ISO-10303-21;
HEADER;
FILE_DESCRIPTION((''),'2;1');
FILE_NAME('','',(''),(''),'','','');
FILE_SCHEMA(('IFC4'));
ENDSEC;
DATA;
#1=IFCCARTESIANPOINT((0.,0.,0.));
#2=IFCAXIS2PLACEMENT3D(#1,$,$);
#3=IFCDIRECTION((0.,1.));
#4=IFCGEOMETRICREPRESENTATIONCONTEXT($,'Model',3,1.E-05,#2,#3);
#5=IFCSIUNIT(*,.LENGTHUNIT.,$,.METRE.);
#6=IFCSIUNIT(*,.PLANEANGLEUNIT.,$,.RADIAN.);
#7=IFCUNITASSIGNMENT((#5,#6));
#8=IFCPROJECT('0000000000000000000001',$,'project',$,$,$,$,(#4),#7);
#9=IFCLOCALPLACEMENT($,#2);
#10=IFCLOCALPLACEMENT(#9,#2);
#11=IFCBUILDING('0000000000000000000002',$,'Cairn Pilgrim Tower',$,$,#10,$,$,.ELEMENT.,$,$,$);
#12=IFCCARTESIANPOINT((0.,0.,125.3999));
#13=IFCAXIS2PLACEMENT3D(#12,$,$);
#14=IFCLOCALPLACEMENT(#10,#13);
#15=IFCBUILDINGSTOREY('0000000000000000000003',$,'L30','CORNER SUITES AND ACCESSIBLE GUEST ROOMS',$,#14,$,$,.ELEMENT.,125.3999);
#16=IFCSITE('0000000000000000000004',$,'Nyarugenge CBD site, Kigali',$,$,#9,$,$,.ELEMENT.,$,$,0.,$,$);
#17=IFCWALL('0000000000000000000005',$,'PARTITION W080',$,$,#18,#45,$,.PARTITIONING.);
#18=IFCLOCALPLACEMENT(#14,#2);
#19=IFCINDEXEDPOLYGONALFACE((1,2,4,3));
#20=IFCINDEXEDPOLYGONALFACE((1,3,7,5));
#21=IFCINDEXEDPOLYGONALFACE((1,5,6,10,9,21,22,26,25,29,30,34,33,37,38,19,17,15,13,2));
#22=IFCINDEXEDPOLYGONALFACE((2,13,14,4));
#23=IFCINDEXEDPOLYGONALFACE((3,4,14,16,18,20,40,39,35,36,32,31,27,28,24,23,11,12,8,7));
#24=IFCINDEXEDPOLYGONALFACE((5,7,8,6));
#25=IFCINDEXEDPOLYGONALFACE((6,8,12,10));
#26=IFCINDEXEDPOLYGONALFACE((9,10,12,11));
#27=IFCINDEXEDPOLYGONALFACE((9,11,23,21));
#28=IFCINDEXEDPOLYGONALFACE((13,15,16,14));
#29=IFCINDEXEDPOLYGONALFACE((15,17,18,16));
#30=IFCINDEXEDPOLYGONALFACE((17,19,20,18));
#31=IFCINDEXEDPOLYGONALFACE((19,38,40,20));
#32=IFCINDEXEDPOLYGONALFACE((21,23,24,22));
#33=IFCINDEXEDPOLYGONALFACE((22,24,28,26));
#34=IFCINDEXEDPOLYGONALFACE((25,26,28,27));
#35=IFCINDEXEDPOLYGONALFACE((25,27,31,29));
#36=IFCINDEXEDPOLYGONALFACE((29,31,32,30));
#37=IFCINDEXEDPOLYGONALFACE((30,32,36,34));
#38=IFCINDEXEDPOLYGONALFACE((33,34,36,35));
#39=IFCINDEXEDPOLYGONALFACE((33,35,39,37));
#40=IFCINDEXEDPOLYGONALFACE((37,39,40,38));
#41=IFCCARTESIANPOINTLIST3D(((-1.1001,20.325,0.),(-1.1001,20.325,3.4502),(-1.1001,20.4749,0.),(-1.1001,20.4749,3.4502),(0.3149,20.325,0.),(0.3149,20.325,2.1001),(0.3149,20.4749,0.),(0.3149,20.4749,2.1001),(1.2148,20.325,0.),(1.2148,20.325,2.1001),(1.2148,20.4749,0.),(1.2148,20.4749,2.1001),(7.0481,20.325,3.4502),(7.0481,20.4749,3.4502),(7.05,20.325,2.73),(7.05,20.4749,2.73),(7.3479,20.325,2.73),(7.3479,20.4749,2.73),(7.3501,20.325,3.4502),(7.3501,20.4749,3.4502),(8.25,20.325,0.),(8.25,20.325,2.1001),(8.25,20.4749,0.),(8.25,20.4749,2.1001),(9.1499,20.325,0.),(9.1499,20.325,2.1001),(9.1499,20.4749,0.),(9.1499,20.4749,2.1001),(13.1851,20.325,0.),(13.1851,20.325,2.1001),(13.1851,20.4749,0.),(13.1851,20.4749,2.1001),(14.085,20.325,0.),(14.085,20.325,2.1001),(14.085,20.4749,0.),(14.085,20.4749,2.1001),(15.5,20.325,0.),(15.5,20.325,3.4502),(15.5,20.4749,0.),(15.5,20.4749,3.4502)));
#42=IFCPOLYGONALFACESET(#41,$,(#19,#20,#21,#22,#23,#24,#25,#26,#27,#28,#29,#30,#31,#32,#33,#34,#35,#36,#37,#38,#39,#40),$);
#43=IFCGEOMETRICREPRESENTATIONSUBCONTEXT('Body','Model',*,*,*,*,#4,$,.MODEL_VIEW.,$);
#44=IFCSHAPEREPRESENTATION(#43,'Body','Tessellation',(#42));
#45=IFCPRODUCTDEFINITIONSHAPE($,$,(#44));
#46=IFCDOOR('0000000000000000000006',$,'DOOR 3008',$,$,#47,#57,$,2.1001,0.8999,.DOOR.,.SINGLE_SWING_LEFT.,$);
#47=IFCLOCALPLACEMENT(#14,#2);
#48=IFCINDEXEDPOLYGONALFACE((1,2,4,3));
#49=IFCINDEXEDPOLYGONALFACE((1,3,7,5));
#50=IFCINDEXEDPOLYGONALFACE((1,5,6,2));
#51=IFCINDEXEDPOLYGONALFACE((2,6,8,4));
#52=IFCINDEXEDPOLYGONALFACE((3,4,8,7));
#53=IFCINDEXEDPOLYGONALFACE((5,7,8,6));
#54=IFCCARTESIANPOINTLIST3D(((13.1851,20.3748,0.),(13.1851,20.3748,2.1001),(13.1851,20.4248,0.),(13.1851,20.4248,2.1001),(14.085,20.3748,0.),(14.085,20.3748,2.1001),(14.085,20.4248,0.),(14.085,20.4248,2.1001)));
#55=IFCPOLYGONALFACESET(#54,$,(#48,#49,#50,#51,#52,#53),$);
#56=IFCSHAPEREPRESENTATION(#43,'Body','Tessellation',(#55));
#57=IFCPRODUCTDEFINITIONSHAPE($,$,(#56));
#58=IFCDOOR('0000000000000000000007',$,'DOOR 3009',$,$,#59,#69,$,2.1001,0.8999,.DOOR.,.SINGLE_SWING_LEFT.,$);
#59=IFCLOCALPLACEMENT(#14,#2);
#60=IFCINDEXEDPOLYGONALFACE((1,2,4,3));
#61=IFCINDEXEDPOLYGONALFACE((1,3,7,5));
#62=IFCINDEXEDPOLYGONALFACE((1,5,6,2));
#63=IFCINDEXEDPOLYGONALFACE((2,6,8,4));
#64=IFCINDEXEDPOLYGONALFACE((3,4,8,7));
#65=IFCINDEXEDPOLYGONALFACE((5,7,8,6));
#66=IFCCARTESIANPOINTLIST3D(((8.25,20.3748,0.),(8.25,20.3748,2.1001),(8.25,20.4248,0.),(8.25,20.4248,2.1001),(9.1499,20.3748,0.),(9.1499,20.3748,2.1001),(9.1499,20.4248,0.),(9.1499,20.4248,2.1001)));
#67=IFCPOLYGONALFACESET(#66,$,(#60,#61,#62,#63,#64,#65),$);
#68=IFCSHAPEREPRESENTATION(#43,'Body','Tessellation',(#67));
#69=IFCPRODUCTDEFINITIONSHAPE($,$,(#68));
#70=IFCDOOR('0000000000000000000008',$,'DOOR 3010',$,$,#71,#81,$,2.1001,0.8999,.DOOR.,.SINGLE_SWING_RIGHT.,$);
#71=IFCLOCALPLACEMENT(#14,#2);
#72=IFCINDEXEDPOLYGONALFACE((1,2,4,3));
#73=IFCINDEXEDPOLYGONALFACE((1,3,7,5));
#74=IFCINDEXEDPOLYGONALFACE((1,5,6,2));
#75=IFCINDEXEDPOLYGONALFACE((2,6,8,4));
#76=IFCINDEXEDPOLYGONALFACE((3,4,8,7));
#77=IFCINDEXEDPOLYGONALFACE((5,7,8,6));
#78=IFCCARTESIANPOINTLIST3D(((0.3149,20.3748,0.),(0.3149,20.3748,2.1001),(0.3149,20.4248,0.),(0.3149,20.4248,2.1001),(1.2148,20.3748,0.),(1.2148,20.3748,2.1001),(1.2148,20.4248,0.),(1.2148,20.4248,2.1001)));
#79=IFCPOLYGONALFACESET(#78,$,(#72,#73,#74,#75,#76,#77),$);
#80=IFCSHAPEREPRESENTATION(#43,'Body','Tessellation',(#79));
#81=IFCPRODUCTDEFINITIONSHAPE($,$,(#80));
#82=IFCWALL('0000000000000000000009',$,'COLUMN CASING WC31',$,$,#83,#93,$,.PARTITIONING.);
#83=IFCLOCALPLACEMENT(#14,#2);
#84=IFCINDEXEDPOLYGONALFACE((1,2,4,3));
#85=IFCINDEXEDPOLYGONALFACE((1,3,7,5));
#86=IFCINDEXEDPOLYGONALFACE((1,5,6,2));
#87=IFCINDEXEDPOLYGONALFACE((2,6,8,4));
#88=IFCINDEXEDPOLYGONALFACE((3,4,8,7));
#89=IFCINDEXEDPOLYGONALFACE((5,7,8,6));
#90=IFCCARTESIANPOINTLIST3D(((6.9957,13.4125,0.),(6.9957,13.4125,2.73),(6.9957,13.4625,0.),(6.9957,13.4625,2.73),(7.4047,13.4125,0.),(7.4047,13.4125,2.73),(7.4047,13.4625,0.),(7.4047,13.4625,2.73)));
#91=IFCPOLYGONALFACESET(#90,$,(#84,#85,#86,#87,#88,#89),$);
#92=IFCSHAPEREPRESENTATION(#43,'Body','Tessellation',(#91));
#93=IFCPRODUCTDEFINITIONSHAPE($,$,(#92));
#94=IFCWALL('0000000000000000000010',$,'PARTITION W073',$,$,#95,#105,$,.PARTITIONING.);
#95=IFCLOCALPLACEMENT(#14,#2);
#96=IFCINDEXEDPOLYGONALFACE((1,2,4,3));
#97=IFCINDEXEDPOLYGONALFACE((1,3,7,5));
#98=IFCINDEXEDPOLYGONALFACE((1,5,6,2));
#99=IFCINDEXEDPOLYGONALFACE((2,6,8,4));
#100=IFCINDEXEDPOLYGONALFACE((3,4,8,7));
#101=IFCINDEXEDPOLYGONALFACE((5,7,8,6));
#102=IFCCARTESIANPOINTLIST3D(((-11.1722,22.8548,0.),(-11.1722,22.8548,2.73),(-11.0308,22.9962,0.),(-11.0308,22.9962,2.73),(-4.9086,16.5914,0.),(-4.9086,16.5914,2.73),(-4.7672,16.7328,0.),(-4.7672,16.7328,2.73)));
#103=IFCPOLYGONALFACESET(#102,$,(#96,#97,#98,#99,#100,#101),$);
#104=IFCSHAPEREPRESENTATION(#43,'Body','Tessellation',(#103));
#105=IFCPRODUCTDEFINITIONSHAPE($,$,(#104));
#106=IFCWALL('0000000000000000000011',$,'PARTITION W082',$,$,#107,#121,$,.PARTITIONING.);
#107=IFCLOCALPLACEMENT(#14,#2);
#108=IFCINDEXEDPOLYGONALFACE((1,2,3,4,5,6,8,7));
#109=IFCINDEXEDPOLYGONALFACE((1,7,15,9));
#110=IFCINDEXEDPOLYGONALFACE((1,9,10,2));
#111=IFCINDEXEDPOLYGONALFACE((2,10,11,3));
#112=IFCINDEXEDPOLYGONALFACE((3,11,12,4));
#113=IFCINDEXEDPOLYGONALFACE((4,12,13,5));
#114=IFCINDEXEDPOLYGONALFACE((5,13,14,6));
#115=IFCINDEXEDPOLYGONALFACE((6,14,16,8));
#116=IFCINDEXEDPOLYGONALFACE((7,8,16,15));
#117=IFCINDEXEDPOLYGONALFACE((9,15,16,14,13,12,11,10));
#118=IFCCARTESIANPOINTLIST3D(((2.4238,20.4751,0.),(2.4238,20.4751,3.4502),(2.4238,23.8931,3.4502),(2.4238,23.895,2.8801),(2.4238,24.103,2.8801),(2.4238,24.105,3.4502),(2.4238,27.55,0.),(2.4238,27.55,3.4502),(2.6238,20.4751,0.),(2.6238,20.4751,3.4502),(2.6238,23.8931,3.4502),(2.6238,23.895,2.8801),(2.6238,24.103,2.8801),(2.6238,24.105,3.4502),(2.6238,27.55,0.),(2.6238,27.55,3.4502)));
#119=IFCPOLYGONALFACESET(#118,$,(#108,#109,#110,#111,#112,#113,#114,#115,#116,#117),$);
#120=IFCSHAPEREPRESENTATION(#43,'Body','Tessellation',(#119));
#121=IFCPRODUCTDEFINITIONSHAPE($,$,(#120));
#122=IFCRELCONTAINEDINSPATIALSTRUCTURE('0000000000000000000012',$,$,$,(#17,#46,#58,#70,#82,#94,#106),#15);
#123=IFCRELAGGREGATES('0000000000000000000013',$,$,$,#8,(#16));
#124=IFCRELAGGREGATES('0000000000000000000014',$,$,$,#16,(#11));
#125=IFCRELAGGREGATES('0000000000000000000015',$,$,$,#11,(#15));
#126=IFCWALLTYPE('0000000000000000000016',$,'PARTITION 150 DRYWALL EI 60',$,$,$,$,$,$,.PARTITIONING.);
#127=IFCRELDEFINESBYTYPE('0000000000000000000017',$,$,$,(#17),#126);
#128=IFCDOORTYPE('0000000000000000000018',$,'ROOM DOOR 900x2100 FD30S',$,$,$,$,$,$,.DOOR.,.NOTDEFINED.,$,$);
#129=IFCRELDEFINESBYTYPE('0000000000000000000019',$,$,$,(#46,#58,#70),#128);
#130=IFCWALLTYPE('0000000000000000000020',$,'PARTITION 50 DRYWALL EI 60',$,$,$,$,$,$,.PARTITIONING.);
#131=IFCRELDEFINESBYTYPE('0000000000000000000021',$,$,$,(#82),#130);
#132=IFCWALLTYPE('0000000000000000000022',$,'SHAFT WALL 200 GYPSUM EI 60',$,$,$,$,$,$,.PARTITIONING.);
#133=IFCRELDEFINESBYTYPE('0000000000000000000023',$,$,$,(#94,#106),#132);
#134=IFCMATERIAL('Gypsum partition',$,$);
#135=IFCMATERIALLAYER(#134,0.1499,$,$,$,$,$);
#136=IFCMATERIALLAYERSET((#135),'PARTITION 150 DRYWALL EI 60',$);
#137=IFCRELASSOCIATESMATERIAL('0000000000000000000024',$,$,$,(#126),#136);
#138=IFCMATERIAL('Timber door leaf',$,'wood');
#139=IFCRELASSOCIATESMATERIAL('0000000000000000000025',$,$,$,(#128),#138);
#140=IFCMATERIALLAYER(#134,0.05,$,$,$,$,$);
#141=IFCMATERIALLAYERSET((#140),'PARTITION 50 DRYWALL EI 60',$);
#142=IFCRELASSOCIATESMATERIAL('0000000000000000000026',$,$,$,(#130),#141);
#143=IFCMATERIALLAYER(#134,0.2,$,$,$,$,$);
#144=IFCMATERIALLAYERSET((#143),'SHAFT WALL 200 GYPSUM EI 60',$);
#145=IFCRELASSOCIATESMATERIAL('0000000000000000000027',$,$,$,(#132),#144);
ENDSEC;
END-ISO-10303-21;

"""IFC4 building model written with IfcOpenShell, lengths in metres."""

from ifc_helpers import new_model, si_unit, direction, frame, frame_2d, origin, place, context, subcontext, project, spatial, polyline, rectangle, outline, extrude, material, layer, layer_set, type_object, element, fill, save


model = new_model("IFC4")

# Units and contexts
model_context = context("Model", 3, precision=1e-05, world=origin(), true_north=direction((0.0, 1.0)))
body_context = subcontext(model_context, "Body", "Model", "MODEL_VIEW")
ifc_project = project(units=[si_unit("LENGTHUNIT", "METRE"), si_unit("PLANEANGLEUNIT", "RADIAN")], contexts=[model_context])

# Site, building, storey
site_placement = place(None, origin())
site = spatial("IfcSite", under=ifc_project, at=site_placement, Name="Nyarugenge CBD site, Kigali", CompositionType="ELEMENT", RefElevation=0.0)
building_placement = place(site_placement, origin())
building = spatial("IfcBuilding", under=site, at=building_placement, Name="Cairn Pilgrim Tower", CompositionType="ELEMENT")
storey_placement = place(building_placement, frame((0.0, 0.0, 125.3999)))
storey = spatial("IfcBuildingStorey", under=building, at=storey_placement, Name="L30", Description="CORNER SUITES AND ACCESSIBLE GUEST ROOMS", CompositionType="ELEMENT", Elevation=125.3999)

# Shared definitions
ifc_material_1 = material(Name="Gypsum partition")

# Shared definitions
ifc_material_2 = material(Name="Timber door leaf", Category="wood")

# Shared definitions
ifc_layer_1 = layer(ifc_material_1, 0.1499)
ifc_layer_set_1 = layer_set([ifc_layer_1], Name="PARTITION 150 DRYWALL EI 60")
wall_type_1 = type_object("IfcWallType", Name="PARTITION 150 DRYWALL EI 60", PredefinedType="PARTITIONING", material=ifc_layer_set_1)

# Wall, openings, doors
wall_1_placement = place(storey_placement, frame((-1.1001, 20.3999, 0.0), z_axis=(0.0, 0.0, 1.0), x_axis=(1.0, 0.0, 0.0)))
wall_1 = element("IfcWall", 1, at=wall_1_placement, inside=storey, type_object=wall_type_1, Name="PARTITION W080", PredefinedType="PARTITIONING", context=body_context, shape_type="SweptSolid", body=[
    extrude(outline(polyline([(0.0, 0.0), (16.6001, 0.0), (16.6001, 3.4502), (8.4502, 3.4502), (8.448, 2.73), (8.1501, 2.73), (8.1482, 3.4502), (0.0, 3.4502), (0.0, 0.0)])), frame((0.0, 0.075, 0.0), z_axis=(0.0, -1.0, 0.0), x_axis=(1.0, 0.0, 0.0)), (0.0, 0.0, 1.0), 0.1499),
])
opening_1_placement = place(wall_1_placement, frame((14.2852, 0.0, 0.0)))
opening_1 = element("IfcOpeningElement", 2, at=opening_1_placement, cuts=wall_1, PredefinedType="OPENING", context=body_context, shape_type="SweptSolid", body=[
    extrude(rectangle(XDim=0.8999, YDim=2.1001, at=frame_2d((0.45, 1.05))), frame((0.0, 0.085, 0.0), z_axis=(0.0, -1.0, 0.0), x_axis=(1.0, 0.0, 0.0)), (0.0, 0.0, 1.0), 0.1699),
])
opening_2_placement = place(wall_1_placement, frame((9.3501, 0.0, 0.0)))
opening_2 = element("IfcOpeningElement", 3, at=opening_2_placement, cuts=wall_1, PredefinedType="OPENING", context=body_context, shape_type="SweptSolid", body=[
    extrude(rectangle(XDim=0.8999, YDim=2.1001, at=frame_2d((0.45, 1.05))), frame((0.0, 0.085, 0.0), z_axis=(0.0, -1.0, 0.0), x_axis=(1.0, 0.0, 0.0)), (0.0, 0.0, 1.0), 0.1699),
])
opening_3_placement = place(wall_1_placement, frame((1.415, 0.0, 0.0)))
opening_3 = element("IfcOpeningElement", 4, at=opening_3_placement, cuts=wall_1, PredefinedType="OPENING", context=body_context, shape_type="SweptSolid", body=[
    extrude(rectangle(XDim=0.8999, YDim=2.1001, at=frame_2d((0.45, 1.05))), frame((0.0, 0.085, 0.0), z_axis=(0.0, -1.0, 0.0), x_axis=(1.0, 0.0, 0.0)), (0.0, 0.0, 1.0), 0.1699),
])
door_type_1 = type_object("IfcDoorType", Name="ROOM DOOR 900x2100 FD30S", OperationType="NOTDEFINED", PredefinedType="DOOR", material=ifc_material_2)
door_1_placement = place(opening_1_placement, origin())
door_1 = element("IfcDoor", 5, at=door_1_placement, inside=storey, type_object=door_type_1, Name="DOOR 3008", OperationType="SINGLE_SWING_LEFT", OverallHeight=2.1001, OverallWidth=0.8999, PredefinedType="DOOR", context=body_context, shape_type="SweptSolid", body=[
    extrude(rectangle(XDim=0.8999, YDim=2.1001, at=frame_2d((0.45, 1.05))), frame((0.0, 0.0249, 0.0), z_axis=(0.0, -1.0, 0.0), x_axis=(1.0, 0.0, 0.0)), (0.0, 0.0, 1.0), 0.05),
])
fill(opening_1, door_1)
door_2_placement = place(opening_2_placement, origin())
door_2 = element("IfcDoor", 6, at=door_2_placement, inside=storey, type_object=door_type_1, Name="DOOR 3009", OperationType="SINGLE_SWING_LEFT", OverallHeight=2.1001, OverallWidth=0.8999, PredefinedType="DOOR", context=body_context, shape_type="SweptSolid", body=[
    extrude(rectangle(XDim=0.8999, YDim=2.1001, at=frame_2d((0.45, 1.05))), frame((0.0, 0.0249, 0.0), z_axis=(0.0, -1.0, 0.0), x_axis=(1.0, 0.0, 0.0)), (0.0, 0.0, 1.0), 0.05),
])
fill(opening_2, door_2)
door_3_placement = place(opening_3_placement, origin())
door_3 = element("IfcDoor", 7, at=door_3_placement, inside=storey, type_object=door_type_1, Name="DOOR 3010", OperationType="SINGLE_SWING_RIGHT", OverallHeight=2.1001, OverallWidth=0.8999, PredefinedType="DOOR", context=body_context, shape_type="SweptSolid", body=[
    extrude(rectangle(XDim=0.8999, YDim=2.1001, at=frame_2d((0.45, 1.05))), frame((0.0, 0.0249, 0.0), z_axis=(0.0, -1.0, 0.0), x_axis=(1.0, 0.0, 0.0)), (0.0, 0.0, 1.0), 0.05),
])
fill(opening_3, door_3)

# Walls
ifc_layer_2 = layer(ifc_material_1, 0.05)
ifc_layer_set_2 = layer_set([ifc_layer_2], Name="PARTITION 50 DRYWALL EI 60")
wall_type_2 = type_object("IfcWallType", Name="PARTITION 50 DRYWALL EI 60", PredefinedType="PARTITIONING", material=ifc_layer_set_2)
wall_2_placement = place(storey_placement, frame((6.9956, 13.4375, 0.0), z_axis=(0.0, 0.0, 1.0), x_axis=(1.0, 0.0, 0.0)))
element("IfcWall", 8, at=wall_2_placement, inside=storey, type_object=wall_type_2, Name="COLUMN CASING WC31", PredefinedType="PARTITIONING", context=body_context, shape_type="SweptSolid", body=[
    extrude(rectangle(XDim=0.4089, YDim=0.05, at=frame_2d((0.2046, 0.0))), origin(), (0.0, 0.0, 1.0), 2.73),
])
ifc_layer_3 = layer(ifc_material_1, 0.2)
ifc_layer_set_3 = layer_set([ifc_layer_3], Name="SHAFT WALL 200 GYPSUM EI 60")
wall_type_3 = type_object("IfcWallType", Name="SHAFT WALL 200 GYPSUM EI 60", PredefinedType="PARTITIONING", material=ifc_layer_set_3)
wall_3_placement = place(storey_placement, frame((-4.8379, 16.6621, 0.0), z_axis=(0.0, 0.0, 1.0), x_axis=(-0.707121, 0.707093, 0.0)))
element("IfcWall", 9, at=wall_3_placement, inside=storey, type_object=wall_type_3, Name="PARTITION W073", PredefinedType="PARTITIONING", context=body_context, shape_type="SweptSolid", body=[
    extrude(rectangle(XDim=8.8579, YDim=0.2, at=frame_2d((4.429, 0.0))), origin(), (0.0, 0.0, 1.0), 2.73),
])
wall_4_placement = place(storey_placement, frame((2.5239, 20.4751, 0.0), z_axis=(0.0, 0.0, 1.0), x_axis=(0.0, 1.0, 0.0)))
element("IfcWall", 10, at=wall_4_placement, inside=storey, type_object=wall_type_3, Name="PARTITION W082", PredefinedType="PARTITIONING", context=body_context, shape_type="SweptSolid", body=[
    extrude(outline(polyline([(0.0, 0.0), (7.075, 0.0), (7.075, 3.4502), (3.6299, 3.4502), (3.6279, 2.8801), (3.4199, 2.8801), (3.418, 3.4502), (0.0, 3.4502), (0.0, 0.0)])), frame((0.0, 0.1001, 0.0), z_axis=(0.0, -1.0, 0.0), x_axis=(1.0, 0.0, 0.0)), (0.0, 0.0, 1.0), 0.2),
])

save(model, "model.ifc")
